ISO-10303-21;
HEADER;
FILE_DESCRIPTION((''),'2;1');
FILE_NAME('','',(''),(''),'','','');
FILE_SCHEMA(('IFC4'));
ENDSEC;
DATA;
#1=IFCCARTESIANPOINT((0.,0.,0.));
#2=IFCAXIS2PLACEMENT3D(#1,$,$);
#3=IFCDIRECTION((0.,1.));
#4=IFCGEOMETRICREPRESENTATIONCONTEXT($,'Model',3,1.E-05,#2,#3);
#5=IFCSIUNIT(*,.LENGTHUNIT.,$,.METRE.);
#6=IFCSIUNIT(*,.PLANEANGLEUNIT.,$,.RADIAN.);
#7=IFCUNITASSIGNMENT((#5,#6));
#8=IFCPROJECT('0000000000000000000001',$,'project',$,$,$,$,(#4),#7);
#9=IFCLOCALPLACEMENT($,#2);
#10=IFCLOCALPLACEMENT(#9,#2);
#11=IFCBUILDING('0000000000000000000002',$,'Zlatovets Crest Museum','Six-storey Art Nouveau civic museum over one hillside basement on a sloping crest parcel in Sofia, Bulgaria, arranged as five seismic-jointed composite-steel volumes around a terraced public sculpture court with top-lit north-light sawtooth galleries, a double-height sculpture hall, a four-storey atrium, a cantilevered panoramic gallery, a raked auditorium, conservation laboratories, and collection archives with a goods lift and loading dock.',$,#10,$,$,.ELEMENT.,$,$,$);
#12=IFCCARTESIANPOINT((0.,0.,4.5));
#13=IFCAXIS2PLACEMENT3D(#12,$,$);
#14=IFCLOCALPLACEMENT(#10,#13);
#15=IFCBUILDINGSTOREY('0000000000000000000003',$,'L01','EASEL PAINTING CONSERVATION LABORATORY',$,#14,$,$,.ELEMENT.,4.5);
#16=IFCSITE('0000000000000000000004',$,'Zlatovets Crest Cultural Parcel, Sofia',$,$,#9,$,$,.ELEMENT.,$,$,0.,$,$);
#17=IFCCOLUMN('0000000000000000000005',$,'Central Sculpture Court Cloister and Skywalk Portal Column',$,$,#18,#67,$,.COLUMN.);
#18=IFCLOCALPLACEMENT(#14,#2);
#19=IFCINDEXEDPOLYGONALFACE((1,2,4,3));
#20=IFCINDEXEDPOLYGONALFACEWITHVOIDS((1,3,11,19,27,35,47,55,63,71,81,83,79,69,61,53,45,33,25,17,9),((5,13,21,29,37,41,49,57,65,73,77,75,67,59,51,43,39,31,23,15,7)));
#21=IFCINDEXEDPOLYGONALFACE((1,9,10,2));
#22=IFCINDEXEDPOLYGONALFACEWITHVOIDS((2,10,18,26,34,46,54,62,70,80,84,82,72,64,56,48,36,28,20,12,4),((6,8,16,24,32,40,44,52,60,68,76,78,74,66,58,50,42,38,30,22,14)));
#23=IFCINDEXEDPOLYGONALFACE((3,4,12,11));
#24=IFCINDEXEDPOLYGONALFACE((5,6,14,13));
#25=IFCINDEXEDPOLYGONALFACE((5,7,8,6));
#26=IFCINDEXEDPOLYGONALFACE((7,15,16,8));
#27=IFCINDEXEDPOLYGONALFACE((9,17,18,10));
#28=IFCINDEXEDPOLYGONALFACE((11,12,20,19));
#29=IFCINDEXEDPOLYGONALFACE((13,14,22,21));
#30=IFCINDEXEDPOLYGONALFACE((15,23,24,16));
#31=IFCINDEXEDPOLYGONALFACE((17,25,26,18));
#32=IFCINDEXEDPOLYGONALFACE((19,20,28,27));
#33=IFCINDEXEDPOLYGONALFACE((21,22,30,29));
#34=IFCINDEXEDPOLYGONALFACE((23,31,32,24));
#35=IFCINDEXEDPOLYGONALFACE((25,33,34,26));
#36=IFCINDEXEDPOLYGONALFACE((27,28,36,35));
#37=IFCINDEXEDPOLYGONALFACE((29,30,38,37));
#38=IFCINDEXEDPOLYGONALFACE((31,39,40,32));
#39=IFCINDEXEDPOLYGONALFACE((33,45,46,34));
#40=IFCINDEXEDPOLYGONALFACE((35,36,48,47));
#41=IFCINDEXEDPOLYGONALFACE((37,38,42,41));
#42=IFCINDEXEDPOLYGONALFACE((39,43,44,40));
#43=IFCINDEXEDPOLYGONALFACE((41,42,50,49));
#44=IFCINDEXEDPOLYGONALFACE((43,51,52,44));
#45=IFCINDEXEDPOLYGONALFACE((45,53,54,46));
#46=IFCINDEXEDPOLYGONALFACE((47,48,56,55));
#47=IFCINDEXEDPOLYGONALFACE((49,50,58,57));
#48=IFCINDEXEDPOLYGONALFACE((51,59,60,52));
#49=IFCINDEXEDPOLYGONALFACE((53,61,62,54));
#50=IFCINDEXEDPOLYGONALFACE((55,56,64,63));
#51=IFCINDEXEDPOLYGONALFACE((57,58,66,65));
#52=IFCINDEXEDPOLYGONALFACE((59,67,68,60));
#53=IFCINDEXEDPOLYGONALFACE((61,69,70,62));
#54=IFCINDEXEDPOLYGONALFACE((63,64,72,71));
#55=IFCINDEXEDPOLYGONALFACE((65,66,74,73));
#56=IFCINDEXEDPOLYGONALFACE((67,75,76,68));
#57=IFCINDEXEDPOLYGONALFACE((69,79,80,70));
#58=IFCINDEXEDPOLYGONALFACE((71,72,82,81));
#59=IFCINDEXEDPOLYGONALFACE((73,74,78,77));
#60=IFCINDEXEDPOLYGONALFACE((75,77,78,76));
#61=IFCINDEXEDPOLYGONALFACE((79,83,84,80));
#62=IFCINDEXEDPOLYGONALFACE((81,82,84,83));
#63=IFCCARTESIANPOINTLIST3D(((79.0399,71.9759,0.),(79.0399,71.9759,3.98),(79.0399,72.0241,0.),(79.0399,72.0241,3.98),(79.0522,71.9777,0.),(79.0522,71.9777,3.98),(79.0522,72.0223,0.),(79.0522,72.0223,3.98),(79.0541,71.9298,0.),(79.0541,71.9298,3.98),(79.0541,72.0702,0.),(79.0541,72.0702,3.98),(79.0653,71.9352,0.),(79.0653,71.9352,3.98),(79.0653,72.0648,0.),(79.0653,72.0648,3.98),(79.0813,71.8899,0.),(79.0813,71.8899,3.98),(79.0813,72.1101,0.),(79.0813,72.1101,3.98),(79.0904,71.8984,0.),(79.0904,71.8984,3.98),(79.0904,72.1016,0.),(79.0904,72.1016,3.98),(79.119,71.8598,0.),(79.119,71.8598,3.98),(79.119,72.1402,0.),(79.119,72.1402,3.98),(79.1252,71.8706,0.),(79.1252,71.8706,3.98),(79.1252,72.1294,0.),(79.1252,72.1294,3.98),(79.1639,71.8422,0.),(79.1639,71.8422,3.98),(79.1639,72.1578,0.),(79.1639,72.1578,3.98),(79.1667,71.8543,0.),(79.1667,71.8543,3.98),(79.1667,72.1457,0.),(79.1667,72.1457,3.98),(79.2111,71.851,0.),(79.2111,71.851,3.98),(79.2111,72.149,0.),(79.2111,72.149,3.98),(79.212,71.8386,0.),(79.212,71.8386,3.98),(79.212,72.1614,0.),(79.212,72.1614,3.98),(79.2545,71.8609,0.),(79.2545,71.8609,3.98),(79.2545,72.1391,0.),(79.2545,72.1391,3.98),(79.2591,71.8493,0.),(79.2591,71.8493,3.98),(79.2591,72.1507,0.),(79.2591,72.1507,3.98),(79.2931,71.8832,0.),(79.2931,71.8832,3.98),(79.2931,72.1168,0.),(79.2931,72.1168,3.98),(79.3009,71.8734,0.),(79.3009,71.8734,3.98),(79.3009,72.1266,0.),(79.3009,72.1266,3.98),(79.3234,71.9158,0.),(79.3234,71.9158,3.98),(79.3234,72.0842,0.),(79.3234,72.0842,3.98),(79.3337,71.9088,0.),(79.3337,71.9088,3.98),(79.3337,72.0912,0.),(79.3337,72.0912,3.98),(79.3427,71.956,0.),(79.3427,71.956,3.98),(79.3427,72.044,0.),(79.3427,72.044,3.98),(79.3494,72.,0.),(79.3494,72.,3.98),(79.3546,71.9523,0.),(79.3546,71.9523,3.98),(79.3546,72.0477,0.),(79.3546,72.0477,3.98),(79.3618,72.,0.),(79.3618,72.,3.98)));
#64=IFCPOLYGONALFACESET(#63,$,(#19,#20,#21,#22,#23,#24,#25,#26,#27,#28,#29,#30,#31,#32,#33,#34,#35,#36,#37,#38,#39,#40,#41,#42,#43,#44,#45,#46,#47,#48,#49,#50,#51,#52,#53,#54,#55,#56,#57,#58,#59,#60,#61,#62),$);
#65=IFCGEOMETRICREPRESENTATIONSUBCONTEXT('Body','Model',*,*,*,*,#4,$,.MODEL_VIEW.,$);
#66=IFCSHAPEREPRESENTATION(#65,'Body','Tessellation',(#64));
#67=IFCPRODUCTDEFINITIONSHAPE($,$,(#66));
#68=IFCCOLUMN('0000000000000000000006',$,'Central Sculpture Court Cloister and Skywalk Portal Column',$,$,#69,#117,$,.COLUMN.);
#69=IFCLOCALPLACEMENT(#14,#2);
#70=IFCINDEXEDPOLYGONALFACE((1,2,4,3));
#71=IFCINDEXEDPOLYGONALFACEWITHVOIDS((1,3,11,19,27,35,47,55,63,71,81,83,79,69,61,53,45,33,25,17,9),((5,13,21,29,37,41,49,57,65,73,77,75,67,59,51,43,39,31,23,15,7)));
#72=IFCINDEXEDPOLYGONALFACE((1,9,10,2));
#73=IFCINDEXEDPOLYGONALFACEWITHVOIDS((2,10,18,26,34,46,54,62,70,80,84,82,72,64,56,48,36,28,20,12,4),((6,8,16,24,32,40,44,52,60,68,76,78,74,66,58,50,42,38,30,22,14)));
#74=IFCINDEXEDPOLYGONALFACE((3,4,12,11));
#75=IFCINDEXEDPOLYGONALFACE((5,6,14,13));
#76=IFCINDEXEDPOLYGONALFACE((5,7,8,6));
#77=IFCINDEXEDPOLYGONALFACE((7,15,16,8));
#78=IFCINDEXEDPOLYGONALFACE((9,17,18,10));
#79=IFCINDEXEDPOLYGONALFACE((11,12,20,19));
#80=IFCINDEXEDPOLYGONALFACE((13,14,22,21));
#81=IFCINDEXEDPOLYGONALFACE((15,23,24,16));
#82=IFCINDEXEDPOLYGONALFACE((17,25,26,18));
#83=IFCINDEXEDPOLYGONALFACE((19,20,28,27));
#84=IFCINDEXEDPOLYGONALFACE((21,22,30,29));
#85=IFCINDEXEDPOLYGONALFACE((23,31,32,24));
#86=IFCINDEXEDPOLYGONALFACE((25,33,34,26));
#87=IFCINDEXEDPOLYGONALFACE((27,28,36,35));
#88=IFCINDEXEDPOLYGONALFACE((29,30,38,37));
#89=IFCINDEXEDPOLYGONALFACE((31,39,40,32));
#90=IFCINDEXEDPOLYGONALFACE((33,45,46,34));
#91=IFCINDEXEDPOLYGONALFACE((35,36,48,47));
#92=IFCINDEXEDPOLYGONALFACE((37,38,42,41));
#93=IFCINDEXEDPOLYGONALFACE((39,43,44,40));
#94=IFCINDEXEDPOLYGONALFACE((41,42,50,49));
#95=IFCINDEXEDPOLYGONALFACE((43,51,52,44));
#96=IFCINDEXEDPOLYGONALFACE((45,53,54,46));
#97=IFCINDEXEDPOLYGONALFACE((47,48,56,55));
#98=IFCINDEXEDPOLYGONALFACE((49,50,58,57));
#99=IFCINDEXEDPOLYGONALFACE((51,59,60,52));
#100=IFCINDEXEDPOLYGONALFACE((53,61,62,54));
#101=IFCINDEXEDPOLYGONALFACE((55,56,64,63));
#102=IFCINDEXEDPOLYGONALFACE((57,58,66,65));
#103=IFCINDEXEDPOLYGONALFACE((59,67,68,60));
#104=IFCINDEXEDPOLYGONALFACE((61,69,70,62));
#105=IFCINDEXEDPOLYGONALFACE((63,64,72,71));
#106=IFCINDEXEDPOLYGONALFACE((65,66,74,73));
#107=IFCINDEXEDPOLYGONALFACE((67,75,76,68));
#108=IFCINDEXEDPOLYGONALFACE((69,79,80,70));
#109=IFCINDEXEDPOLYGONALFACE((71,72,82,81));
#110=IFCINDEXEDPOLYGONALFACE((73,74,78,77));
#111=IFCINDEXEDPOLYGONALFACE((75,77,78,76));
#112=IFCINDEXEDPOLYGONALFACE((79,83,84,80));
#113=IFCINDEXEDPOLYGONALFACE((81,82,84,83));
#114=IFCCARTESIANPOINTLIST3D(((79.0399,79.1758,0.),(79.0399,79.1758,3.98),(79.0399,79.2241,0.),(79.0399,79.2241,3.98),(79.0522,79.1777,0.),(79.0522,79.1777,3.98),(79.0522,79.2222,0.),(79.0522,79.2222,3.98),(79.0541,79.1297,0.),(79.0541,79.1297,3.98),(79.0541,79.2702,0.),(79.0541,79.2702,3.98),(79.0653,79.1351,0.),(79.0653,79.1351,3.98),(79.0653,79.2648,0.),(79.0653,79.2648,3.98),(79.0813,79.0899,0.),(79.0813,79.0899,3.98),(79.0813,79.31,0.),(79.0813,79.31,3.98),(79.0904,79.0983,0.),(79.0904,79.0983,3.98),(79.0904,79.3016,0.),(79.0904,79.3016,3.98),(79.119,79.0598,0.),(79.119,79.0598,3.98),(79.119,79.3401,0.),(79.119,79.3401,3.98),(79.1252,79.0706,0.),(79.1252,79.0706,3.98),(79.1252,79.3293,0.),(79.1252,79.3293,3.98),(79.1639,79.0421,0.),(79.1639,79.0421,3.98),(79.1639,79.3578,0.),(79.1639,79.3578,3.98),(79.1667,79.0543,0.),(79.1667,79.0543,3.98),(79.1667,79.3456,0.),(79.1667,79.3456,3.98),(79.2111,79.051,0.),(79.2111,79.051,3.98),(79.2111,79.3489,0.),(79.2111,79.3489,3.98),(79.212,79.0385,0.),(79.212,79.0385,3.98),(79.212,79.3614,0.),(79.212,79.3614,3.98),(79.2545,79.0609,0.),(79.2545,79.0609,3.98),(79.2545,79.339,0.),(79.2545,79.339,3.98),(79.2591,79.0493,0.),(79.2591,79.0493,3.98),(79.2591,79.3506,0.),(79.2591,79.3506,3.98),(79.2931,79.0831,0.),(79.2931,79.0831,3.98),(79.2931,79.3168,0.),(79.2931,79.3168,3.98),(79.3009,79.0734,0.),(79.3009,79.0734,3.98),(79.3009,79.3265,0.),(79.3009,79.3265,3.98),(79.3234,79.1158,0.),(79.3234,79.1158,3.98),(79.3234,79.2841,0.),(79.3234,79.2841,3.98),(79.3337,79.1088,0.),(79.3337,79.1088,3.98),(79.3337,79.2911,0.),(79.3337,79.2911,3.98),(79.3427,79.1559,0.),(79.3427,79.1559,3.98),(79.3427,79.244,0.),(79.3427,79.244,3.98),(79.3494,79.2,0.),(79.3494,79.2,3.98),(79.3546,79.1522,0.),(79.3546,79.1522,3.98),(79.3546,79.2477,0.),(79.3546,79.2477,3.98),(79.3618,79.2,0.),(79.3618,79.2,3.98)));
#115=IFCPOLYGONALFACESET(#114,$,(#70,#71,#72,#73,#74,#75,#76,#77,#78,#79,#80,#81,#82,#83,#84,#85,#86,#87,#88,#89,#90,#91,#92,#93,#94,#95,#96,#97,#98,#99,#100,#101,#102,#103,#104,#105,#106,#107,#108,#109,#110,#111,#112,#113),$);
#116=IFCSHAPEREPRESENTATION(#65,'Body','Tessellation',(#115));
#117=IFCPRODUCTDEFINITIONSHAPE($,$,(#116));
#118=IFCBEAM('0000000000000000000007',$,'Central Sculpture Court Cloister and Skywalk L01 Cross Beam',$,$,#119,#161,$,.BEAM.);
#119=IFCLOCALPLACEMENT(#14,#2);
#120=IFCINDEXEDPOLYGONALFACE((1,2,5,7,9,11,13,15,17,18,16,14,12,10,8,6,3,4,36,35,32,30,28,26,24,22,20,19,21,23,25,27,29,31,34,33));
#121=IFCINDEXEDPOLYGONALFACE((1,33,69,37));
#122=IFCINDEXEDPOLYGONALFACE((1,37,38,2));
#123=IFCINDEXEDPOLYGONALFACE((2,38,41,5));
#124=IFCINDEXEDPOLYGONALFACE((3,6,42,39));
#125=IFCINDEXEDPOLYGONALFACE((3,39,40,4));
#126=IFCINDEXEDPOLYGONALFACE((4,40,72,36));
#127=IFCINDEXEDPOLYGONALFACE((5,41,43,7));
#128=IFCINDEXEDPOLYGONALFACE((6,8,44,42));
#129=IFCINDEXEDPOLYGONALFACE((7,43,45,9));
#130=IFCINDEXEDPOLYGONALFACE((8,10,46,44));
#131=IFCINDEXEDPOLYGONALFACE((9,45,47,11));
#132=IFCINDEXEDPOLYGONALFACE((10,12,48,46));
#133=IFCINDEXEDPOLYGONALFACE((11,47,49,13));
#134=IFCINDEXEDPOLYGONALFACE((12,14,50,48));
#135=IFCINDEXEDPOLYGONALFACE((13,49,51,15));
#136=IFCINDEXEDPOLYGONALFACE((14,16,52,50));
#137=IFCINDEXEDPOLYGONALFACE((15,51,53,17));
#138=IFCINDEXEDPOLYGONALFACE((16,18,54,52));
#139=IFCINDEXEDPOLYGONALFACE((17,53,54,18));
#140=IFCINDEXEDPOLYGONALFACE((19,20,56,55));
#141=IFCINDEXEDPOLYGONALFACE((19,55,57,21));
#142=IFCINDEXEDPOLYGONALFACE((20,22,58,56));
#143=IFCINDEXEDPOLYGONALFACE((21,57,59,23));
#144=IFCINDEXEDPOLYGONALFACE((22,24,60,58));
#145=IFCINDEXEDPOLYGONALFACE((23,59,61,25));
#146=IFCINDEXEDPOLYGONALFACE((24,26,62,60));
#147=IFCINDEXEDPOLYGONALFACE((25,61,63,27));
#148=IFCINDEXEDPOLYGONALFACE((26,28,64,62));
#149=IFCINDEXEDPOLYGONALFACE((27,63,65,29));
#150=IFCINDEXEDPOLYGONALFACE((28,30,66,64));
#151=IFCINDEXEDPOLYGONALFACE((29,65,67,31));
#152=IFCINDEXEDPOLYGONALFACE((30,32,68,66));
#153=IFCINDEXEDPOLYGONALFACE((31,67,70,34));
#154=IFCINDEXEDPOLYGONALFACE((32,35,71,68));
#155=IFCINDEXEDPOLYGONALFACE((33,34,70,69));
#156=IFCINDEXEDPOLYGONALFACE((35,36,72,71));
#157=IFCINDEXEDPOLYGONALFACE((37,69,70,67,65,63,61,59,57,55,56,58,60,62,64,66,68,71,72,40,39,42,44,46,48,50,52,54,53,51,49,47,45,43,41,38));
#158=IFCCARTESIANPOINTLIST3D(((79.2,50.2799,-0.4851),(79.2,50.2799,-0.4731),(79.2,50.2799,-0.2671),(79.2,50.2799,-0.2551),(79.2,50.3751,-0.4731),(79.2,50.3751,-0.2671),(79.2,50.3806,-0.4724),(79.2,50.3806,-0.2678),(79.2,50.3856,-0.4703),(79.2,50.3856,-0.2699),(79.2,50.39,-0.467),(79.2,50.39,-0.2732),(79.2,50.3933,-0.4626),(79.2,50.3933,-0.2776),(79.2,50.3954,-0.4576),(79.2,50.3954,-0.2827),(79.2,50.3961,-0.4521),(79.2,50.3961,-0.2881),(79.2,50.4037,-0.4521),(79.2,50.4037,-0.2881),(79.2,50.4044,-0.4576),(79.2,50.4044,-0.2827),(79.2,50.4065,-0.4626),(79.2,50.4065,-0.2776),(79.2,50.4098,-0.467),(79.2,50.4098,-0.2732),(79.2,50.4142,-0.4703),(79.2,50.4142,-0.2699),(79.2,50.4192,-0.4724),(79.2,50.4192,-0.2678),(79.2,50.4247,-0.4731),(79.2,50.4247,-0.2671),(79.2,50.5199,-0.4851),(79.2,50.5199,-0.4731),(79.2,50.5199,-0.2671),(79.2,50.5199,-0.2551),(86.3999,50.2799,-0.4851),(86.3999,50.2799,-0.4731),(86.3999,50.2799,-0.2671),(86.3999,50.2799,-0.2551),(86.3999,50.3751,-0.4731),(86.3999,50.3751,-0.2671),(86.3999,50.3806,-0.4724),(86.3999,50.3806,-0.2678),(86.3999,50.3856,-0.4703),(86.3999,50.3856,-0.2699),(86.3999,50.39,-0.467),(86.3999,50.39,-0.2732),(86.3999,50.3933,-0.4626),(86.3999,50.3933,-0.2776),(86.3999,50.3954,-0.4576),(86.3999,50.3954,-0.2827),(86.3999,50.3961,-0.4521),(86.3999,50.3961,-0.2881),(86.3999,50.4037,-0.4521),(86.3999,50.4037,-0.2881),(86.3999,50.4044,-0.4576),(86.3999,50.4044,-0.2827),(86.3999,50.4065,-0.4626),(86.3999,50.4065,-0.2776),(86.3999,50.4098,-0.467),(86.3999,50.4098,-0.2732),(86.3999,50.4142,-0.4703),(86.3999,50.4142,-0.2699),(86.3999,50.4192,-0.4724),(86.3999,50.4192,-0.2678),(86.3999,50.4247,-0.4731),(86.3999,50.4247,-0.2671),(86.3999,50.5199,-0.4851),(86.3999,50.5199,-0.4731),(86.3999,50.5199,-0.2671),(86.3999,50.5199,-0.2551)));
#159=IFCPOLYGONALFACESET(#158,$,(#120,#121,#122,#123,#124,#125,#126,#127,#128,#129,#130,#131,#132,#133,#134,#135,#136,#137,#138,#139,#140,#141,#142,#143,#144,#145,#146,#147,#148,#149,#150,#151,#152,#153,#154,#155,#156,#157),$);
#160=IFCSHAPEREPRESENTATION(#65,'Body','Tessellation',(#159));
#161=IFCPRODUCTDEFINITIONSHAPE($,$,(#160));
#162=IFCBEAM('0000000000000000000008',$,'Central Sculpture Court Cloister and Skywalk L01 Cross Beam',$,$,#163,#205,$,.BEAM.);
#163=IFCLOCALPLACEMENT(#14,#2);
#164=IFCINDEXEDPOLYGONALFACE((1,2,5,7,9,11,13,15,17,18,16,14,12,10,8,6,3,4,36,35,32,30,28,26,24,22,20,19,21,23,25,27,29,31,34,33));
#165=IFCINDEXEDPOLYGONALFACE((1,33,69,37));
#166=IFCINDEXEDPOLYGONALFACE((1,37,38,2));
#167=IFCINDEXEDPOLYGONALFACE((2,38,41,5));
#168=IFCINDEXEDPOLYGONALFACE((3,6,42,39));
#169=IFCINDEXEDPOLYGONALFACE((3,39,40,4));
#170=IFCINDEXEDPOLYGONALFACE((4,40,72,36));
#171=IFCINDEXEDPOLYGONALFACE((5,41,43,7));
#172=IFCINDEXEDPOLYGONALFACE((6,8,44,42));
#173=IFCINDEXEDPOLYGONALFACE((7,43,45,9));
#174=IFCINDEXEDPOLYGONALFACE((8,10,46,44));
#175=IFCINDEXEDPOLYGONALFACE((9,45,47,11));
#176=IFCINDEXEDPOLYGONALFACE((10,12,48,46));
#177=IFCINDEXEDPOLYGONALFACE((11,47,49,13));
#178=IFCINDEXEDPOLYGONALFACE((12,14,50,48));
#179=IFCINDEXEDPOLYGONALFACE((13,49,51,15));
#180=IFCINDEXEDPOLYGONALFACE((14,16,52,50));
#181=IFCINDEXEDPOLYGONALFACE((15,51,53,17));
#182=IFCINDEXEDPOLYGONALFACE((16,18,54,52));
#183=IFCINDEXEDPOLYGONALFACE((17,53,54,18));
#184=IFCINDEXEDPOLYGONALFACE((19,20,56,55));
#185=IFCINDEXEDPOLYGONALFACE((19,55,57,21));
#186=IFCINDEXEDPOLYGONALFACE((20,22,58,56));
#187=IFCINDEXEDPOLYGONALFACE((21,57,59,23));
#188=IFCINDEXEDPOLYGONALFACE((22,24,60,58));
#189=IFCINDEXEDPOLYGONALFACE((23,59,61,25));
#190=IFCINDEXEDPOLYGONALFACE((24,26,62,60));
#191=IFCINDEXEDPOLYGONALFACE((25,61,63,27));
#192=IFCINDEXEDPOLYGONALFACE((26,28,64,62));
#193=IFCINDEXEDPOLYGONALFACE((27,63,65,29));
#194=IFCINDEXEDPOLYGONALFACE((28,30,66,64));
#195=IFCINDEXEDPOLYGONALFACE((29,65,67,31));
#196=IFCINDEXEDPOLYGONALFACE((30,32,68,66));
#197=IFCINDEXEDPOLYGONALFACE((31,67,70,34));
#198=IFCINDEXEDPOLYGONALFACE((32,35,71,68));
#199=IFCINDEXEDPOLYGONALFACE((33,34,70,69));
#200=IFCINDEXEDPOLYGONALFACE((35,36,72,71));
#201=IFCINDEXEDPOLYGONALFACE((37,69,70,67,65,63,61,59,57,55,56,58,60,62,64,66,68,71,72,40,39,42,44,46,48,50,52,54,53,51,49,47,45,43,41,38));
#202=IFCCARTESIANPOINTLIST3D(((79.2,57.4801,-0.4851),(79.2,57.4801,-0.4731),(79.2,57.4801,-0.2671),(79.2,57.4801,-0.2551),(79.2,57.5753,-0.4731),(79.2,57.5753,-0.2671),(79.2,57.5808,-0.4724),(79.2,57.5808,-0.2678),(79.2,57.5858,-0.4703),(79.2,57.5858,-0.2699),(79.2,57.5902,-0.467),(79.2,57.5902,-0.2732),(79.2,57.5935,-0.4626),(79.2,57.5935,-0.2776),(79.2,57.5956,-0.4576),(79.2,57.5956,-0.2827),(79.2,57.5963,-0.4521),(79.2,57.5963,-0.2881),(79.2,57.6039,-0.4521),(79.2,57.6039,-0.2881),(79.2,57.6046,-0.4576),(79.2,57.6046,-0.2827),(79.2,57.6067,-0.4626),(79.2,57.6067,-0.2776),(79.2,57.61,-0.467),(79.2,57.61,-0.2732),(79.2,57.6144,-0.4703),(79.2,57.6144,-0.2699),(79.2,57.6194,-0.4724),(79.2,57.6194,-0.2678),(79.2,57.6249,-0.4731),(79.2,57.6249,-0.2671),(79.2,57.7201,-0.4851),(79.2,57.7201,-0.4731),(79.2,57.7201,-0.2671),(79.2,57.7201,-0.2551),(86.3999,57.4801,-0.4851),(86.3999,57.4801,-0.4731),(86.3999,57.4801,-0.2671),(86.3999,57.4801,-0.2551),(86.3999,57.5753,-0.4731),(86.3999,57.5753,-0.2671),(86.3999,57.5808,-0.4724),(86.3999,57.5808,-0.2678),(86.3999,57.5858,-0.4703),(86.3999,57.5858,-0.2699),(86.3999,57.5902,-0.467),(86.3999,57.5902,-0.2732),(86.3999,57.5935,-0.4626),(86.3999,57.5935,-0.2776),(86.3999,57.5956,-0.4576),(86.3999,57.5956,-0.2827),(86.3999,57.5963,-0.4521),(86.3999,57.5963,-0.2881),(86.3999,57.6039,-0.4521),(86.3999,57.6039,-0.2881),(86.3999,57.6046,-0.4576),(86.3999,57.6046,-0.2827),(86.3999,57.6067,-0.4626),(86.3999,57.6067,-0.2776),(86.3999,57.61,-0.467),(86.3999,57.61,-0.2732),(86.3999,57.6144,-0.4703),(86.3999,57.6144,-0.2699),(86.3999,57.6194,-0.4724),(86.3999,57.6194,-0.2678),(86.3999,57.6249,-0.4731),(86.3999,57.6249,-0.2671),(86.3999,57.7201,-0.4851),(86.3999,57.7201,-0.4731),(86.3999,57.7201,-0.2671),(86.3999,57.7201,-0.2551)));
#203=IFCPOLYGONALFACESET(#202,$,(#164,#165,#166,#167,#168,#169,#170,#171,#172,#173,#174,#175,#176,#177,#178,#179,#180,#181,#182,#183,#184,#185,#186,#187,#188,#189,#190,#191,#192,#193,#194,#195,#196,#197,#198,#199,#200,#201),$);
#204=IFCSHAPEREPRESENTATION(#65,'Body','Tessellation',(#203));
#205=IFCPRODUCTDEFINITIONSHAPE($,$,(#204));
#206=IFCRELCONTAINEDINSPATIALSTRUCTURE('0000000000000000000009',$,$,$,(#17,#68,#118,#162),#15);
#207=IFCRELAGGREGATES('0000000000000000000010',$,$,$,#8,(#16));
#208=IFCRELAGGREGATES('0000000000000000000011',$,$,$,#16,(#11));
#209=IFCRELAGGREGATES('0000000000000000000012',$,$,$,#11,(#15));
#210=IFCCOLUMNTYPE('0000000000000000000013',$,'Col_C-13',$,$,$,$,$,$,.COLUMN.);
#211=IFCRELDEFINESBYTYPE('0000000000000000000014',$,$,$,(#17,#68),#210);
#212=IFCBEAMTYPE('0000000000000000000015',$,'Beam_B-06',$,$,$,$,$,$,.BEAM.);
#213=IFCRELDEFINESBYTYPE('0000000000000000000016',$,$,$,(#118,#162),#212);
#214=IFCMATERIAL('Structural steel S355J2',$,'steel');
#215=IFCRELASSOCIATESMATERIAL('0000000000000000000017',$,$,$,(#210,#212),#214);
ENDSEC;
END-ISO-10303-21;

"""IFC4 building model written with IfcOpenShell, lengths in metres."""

from ifc_helpers import new_model, si_unit, direction, frame, origin, origin_2d, place, context, subcontext, project, spatial, hollow_circle, i_section, extrude, material, material_profile, profile_set, type_object, element, save


model = new_model("IFC4")

# Units and contexts
model_context = context("Model", 3, precision=1e-05, world=origin(), true_north=direction((0.0, 1.0)))
body_context = subcontext(model_context, "Body", "Model", "MODEL_VIEW")
ifc_project = project(units=[si_unit("LENGTHUNIT", "METRE"), si_unit("PLANEANGLEUNIT", "RADIAN")], contexts=[model_context])

# Site, building, storey
site_placement = place(None, origin())
site = spatial("IfcSite", under=ifc_project, at=site_placement, Name="Zlatovets Crest Cultural Parcel, Sofia", CompositionType="ELEMENT", RefElevation=0.0)
building_placement = place(site_placement, origin())
building = spatial("IfcBuilding", under=site, at=building_placement, Name="Zlatovets Crest Museum", Description="Six-storey Art Nouveau civic museum over one hillside basement on a sloping crest parcel in Sofia, Bulgaria, arranged as five seismic-jointed composite-steel volumes around a terraced public sculpture court with top-lit north-light sawtooth galleries, a double-height sculpture hall, a four-storey atrium, a cantilevered panoramic gallery, a raked auditorium, conservation laboratories, and collection archives with a goods lift and loading dock.", CompositionType="ELEMENT")
storey_placement = place(building_placement, frame((0.0, 0.0, 4.5)))
storey = spatial("IfcBuildingStorey", under=building, at=storey_placement, Name="L01", Description="EASEL PAINTING CONSERVATION LABORATORY", CompositionType="ELEMENT", Elevation=4.5)

# Columns
ifc_material_1 = material(Name="Structural steel S355J2", Category="steel")
ifc_material_profile_1 = material_profile(ifc_material_1, hollow_circle(Radius=0.1619, WallThickness=0.0125, at=origin_2d()), Name="CHS 323.9x12.5")
ifc_profile_set_1 = profile_set([ifc_material_profile_1], Name="Structural steel S355J2")
column_type = type_object("IfcColumnType", Name="Col_C-13", PredefinedType="COLUMN", material=ifc_profile_set_1)
for number, where, z_axis, x_axis, name in (
    (1, (79.2, 72.0, 0.0), (0.0, 0.0, 1.0), (1.0, 0.0, 0.0), "Central Sculpture Court Cloister and Skywalk Portal Column"),
    (2, (79.2, 79.2, 0.0), (0.0, 0.0, 1.0), (1.0, 0.0, 0.0), "Central Sculpture Court Cloister and Skywalk Portal Column"),
):
    element("IfcColumn", number, at=place(storey_placement, frame(where, z_axis=z_axis, x_axis=x_axis)), inside=storey, type_object=column_type, Name=name, PredefinedType="COLUMN", context=body_context, shape_type="SweptSolid", body=[
        extrude(hollow_circle(Radius=0.1619, WallThickness=0.0125, at=origin_2d()), origin(), (0.0, 0.0, 1.0), 3.98),
    ])

# Beams
ifc_material_profile_2 = material_profile(ifc_material_1, i_section(OverallWidth=0.24, OverallDepth=0.23, WebThickness=0.0076, FlangeThickness=0.012, FilletRadius=0.021, at=origin_2d()), Name="HEA 240")
ifc_profile_set_2 = profile_set([ifc_material_profile_2], Name="Structural steel S355J2")
beam_type_1 = type_object("IfcBeamType", Name="Beam_B-06", PredefinedType="BEAM", material=ifc_profile_set_2)
for number, where, z_axis, x_axis, name in (
    (3, (79.2, 50.3999, -0.3701), (1.0, 0.0, 0.0), (0.0, 1.0, 0.0), "Central Sculpture Court Cloister and Skywalk L01 Cross Beam"),
    (4, (79.2, 57.6001, -0.3701), (1.0, 0.0, 0.0), (0.0, 1.0, 0.0), "Central Sculpture Court Cloister and Skywalk L01 Cross Beam"),
):
    element("IfcBeam", number, at=place(storey_placement, frame(where, z_axis=z_axis, x_axis=x_axis)), inside=storey, type_object=beam_type_1, Name=name, PredefinedType="BEAM", context=body_context, shape_type="SweptSolid", body=[
        extrude(i_section(OverallWidth=0.24, OverallDepth=0.23, WebThickness=0.0076, FlangeThickness=0.012, FilletRadius=0.021, at=origin_2d()), origin(), (0.0, 0.0, 1.0), 7.2),
    ])

save(model, "model.ifc")
